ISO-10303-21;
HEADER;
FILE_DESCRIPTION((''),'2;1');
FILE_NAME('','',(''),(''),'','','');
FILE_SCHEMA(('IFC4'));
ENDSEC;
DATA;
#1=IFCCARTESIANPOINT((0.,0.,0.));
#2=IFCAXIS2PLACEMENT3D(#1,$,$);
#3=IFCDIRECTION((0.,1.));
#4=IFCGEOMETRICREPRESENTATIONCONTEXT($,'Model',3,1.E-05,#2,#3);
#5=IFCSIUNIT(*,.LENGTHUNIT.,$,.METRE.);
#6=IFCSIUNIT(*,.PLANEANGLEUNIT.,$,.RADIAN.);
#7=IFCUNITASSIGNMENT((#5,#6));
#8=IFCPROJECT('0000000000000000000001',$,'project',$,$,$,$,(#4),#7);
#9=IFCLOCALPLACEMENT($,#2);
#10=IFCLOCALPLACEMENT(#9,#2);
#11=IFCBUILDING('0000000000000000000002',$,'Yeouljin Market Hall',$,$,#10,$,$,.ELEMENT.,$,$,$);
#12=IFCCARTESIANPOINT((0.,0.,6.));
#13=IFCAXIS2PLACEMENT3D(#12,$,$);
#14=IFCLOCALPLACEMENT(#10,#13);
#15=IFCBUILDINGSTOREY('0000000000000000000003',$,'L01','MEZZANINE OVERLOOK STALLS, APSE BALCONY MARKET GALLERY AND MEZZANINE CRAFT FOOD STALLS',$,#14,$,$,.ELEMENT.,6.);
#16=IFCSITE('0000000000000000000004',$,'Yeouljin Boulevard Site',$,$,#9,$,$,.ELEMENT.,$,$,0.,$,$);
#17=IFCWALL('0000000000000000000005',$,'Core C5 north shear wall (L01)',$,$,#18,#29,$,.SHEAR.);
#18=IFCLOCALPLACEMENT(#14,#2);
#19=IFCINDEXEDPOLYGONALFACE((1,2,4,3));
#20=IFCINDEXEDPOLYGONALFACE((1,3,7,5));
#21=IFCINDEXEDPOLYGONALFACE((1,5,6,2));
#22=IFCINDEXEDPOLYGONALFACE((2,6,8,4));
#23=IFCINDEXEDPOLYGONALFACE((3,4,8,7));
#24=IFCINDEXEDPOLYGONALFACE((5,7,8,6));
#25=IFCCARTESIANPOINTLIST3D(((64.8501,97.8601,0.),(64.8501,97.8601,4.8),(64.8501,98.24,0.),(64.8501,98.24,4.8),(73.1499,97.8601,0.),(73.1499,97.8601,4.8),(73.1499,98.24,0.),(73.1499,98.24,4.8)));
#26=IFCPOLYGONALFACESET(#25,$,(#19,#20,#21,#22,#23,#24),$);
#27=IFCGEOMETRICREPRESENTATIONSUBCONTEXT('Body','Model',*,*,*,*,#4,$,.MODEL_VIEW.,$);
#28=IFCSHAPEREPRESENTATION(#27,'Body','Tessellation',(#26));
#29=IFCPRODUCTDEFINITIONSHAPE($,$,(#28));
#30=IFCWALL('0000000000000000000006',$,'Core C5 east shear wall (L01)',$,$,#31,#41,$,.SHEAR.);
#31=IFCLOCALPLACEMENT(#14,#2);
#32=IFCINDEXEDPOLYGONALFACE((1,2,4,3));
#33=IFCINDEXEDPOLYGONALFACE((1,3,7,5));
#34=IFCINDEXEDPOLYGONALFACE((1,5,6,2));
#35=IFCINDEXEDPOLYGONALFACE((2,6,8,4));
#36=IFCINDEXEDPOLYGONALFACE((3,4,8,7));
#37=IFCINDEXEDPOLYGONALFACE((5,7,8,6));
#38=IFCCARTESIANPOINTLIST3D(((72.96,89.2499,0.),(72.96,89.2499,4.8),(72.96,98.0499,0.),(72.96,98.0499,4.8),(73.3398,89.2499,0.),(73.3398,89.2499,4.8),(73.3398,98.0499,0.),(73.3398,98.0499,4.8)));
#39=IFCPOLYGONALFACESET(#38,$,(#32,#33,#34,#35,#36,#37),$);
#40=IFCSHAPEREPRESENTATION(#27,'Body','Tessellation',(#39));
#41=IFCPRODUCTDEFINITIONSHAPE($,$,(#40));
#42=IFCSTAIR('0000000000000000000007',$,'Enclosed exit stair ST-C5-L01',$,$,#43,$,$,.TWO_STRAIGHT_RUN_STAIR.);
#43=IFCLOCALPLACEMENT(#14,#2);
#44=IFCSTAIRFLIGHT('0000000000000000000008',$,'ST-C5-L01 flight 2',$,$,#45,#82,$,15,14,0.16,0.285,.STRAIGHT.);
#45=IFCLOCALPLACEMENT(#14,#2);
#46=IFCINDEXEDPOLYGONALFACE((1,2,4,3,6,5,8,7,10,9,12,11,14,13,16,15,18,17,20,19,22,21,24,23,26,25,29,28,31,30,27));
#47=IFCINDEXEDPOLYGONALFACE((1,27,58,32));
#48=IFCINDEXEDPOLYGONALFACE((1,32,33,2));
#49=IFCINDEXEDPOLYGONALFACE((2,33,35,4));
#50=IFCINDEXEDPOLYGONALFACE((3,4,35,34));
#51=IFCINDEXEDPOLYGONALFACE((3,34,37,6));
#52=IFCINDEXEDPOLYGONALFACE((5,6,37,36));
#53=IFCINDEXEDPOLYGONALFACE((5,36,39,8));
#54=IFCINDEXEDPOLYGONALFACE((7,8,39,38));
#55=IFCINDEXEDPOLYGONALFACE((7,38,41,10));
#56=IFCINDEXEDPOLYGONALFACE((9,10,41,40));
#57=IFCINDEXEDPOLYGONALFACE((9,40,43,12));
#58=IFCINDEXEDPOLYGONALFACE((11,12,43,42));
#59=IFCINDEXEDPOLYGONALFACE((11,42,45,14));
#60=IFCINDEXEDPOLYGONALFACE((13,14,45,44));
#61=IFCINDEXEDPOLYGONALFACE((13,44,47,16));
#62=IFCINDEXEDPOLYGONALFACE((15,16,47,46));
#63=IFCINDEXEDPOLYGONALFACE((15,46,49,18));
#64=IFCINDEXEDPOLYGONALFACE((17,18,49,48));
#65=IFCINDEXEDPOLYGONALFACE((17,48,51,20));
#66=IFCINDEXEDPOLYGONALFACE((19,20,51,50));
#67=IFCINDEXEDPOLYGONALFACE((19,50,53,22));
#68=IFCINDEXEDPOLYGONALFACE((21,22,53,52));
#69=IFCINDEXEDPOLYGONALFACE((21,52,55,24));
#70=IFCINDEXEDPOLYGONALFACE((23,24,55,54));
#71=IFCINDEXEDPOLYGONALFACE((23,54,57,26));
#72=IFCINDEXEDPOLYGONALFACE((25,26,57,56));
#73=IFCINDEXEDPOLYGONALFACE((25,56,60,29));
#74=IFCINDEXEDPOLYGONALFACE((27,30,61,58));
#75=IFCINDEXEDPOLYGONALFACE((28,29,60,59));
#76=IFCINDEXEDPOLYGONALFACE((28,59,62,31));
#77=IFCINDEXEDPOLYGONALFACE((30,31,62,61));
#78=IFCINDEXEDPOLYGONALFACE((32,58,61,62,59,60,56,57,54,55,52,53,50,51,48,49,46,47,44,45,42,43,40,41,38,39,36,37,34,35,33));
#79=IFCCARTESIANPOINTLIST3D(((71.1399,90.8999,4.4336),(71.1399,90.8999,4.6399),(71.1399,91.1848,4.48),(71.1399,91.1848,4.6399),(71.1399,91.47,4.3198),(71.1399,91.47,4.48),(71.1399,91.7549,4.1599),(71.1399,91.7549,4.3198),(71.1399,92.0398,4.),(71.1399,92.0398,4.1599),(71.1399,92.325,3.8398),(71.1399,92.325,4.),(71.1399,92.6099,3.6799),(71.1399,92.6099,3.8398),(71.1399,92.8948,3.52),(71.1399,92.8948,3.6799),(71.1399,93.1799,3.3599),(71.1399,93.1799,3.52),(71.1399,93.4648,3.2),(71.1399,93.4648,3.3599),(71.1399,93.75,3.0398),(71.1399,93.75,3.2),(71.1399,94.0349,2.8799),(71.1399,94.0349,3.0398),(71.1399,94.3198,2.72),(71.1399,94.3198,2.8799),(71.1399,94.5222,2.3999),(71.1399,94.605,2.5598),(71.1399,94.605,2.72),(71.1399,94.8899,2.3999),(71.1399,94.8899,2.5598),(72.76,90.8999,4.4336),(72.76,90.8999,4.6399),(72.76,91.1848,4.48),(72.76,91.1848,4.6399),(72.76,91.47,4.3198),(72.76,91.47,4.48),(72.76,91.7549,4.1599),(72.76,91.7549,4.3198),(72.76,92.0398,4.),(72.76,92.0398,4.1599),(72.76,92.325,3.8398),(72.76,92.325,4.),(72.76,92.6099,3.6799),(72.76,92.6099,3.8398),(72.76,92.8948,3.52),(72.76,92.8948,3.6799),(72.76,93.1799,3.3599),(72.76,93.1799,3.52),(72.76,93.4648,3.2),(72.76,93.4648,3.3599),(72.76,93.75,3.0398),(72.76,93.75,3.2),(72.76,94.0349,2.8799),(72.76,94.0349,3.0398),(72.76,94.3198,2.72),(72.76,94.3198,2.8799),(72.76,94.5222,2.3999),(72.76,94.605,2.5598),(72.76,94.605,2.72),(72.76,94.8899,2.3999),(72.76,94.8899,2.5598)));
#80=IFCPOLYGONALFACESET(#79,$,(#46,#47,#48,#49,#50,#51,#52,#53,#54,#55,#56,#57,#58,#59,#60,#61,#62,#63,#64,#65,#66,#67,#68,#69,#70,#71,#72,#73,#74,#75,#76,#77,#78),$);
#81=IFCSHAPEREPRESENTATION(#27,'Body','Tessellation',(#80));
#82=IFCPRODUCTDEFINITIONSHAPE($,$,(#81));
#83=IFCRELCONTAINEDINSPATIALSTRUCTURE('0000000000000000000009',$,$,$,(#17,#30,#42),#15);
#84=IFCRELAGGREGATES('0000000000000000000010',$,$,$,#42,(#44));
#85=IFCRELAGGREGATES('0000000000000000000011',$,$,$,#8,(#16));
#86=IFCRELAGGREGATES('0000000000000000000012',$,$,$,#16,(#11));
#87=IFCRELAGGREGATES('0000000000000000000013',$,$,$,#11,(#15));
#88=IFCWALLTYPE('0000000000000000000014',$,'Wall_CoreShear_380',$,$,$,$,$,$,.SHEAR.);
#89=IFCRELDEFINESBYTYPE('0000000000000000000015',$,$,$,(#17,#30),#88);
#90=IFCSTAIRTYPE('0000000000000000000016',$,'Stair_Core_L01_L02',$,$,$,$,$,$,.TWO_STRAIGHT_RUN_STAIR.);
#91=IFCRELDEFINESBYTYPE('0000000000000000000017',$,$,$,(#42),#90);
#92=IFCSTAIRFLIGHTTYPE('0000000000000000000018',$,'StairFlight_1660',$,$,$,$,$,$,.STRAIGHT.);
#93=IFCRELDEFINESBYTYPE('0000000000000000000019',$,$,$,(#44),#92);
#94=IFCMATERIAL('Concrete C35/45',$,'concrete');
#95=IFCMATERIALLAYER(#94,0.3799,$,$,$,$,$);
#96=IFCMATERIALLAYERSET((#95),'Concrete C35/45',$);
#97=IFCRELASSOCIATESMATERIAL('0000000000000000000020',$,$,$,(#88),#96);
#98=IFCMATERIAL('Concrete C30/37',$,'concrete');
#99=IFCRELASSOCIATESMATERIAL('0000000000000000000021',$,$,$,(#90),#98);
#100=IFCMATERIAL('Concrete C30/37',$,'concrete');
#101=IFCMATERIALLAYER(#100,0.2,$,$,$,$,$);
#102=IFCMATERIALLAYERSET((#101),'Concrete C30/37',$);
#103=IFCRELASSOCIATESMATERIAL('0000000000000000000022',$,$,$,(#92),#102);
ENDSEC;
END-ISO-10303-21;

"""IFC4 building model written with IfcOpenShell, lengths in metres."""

from ifc_helpers import new_model, si_unit, direction, frame, frame_2d, origin, place, context, subcontext, project, spatial, polyline, rectangle, outline, extrude, material, layer, layer_set, type_object, element, aggregate, save


model = new_model("IFC4")

# Units and contexts
model_context = context("Model", 3, precision=1e-05, world=origin(), true_north=direction((0.0, 1.0)))
body_context = subcontext(model_context, "Body", "Model", "MODEL_VIEW")
ifc_project = project(units=[si_unit("LENGTHUNIT", "METRE"), si_unit("PLANEANGLEUNIT", "RADIAN")], contexts=[model_context])

# Site, building, storey
site_placement = place(None, origin())
site = spatial("IfcSite", under=ifc_project, at=site_placement, Name="Yeouljin Boulevard Site", CompositionType="ELEMENT", RefElevation=0.0)
building_placement = place(site_placement, origin())
building = spatial("IfcBuilding", under=site, at=building_placement, Name="Yeouljin Market Hall", CompositionType="ELEMENT")
storey_placement = place(building_placement, frame((0.0, 0.0, 6.0)))
storey = spatial("IfcBuildingStorey", under=building, at=storey_placement, Name="L01", Description="MEZZANINE OVERLOOK STALLS, APSE BALCONY MARKET GALLERY AND MEZZANINE CRAFT FOOD STALLS", CompositionType="ELEMENT", Elevation=6.0)

# Walls
ifc_material_1 = material(Name="Concrete C35/45", Category="concrete")
ifc_layer_1 = layer(ifc_material_1, 0.3799)
ifc_layer_set_1 = layer_set([ifc_layer_1], Name="Concrete C35/45")
wall_type_1 = type_object("IfcWallType", Name="Wall_CoreShear_380", PredefinedType="SHEAR", material=ifc_layer_set_1)
wall_1_placement = place(storey_placement, frame((73.1499, 98.05, 0.0), z_axis=(0.0, 0.0, 1.0), x_axis=(-1.0, 0.0, 0.0)))
element("IfcWall", 1, at=wall_1_placement, inside=storey, type_object=wall_type_1, Name="Core C5 north shear wall (L01)", PredefinedType="SHEAR", context=body_context, shape_type="SweptSolid", body=[
    extrude(rectangle(XDim=8.2998, YDim=0.3799, at=frame_2d((4.1499, 0.0))), origin(), (0.0, 0.0, 1.0), 4.8),
])
wall_2_placement = place(storey_placement, frame((73.1499, 89.25, 0.0), z_axis=(0.0, 0.0, 1.0), x_axis=(0.0, 1.0, 0.0)))
element("IfcWall", 2, at=wall_2_placement, inside=storey, type_object=wall_type_1, Name="Core C5 east shear wall (L01)", PredefinedType="SHEAR", context=body_context, shape_type="SweptSolid", body=[
    extrude(rectangle(XDim=8.8, YDim=0.3799, at=frame_2d((4.3999, 0.0))), origin(), (0.0, 0.0, 1.0), 4.8),
])

# Stair, stair flight
ifc_material_2 = material(Name="Concrete C30/37", Category="concrete")
stair_type = type_object("IfcStairType", Name="Stair_Core_L01_L02", PredefinedType="TWO_STRAIGHT_RUN_STAIR", material=ifc_material_2)
stair_placement = place(storey_placement, origin())
stair = element("IfcStair", 3, at=stair_placement, inside=storey, type_object=stair_type, Name="Enclosed exit stair ST-C5-L01", PredefinedType="TWO_STRAIGHT_RUN_STAIR")
ifc_material_3 = material(Name="Concrete C30/37", Category="concrete")
ifc_layer_2 = layer(ifc_material_3, 0.2)
ifc_layer_set_2 = layer_set([ifc_layer_2], Name="Concrete C30/37")
stair_flight_type = type_object("IfcStairFlightType", Name="StairFlight_1660", PredefinedType="STRAIGHT", material=ifc_layer_set_2)
stair_flight_placement = place(storey_placement, frame((71.95, 94.8899, 2.3999), z_axis=(0.0, 0.0, 1.0), x_axis=(0.0, -1.0, 0.0)))
stair_flight = element("IfcStairFlight", 4, at=stair_flight_placement, type_object=stair_flight_type, Name="ST-C5-L01 flight 2", NumberOfRisers=15, NumberOfTreads=14, PredefinedType="STRAIGHT", RiserHeight=0.16, TreadLength=0.285, context=body_context, shape_type="SweptSolid", body=[
    extrude(outline(polyline([(0.0, 0.0), (0.0, 0.1599), (0.2849, 0.1599), (0.2849, 0.3201), (0.5701, 0.3201), (0.5701, 0.48), (0.855, 0.48), (0.855, 0.6399), (1.1399, 0.6399), (1.1399, 0.8), (1.425, 0.8), (1.425, 0.96), (1.71, 0.96), (1.71, 1.1201), (1.9951, 1.1201), (1.9951, 1.28), (2.28, 1.28), (2.28, 1.4399), (2.5649, 1.4399), (2.5649, 1.6001), (2.8501, 1.6001), (2.8501, 1.76), (3.135, 1.76), (3.135, 1.9199), (3.4199, 1.9199), (3.4199, 2.0801), (3.7051, 2.0801), (3.7051, 2.24), (3.99, 2.24), (3.99, 2.3999), (3.99, 2.0337), (0.3677, 0.0), (0.0, 0.0)])), frame((0.0, 0.8101, 0.0), z_axis=(0.0, -1.0, 0.0), x_axis=(1.0, 0.0, 0.0)), (0.0, 0.0, 1.0), 1.6201),
])
aggregate(stair, [stair_flight])

save(model, "model.ifc")
